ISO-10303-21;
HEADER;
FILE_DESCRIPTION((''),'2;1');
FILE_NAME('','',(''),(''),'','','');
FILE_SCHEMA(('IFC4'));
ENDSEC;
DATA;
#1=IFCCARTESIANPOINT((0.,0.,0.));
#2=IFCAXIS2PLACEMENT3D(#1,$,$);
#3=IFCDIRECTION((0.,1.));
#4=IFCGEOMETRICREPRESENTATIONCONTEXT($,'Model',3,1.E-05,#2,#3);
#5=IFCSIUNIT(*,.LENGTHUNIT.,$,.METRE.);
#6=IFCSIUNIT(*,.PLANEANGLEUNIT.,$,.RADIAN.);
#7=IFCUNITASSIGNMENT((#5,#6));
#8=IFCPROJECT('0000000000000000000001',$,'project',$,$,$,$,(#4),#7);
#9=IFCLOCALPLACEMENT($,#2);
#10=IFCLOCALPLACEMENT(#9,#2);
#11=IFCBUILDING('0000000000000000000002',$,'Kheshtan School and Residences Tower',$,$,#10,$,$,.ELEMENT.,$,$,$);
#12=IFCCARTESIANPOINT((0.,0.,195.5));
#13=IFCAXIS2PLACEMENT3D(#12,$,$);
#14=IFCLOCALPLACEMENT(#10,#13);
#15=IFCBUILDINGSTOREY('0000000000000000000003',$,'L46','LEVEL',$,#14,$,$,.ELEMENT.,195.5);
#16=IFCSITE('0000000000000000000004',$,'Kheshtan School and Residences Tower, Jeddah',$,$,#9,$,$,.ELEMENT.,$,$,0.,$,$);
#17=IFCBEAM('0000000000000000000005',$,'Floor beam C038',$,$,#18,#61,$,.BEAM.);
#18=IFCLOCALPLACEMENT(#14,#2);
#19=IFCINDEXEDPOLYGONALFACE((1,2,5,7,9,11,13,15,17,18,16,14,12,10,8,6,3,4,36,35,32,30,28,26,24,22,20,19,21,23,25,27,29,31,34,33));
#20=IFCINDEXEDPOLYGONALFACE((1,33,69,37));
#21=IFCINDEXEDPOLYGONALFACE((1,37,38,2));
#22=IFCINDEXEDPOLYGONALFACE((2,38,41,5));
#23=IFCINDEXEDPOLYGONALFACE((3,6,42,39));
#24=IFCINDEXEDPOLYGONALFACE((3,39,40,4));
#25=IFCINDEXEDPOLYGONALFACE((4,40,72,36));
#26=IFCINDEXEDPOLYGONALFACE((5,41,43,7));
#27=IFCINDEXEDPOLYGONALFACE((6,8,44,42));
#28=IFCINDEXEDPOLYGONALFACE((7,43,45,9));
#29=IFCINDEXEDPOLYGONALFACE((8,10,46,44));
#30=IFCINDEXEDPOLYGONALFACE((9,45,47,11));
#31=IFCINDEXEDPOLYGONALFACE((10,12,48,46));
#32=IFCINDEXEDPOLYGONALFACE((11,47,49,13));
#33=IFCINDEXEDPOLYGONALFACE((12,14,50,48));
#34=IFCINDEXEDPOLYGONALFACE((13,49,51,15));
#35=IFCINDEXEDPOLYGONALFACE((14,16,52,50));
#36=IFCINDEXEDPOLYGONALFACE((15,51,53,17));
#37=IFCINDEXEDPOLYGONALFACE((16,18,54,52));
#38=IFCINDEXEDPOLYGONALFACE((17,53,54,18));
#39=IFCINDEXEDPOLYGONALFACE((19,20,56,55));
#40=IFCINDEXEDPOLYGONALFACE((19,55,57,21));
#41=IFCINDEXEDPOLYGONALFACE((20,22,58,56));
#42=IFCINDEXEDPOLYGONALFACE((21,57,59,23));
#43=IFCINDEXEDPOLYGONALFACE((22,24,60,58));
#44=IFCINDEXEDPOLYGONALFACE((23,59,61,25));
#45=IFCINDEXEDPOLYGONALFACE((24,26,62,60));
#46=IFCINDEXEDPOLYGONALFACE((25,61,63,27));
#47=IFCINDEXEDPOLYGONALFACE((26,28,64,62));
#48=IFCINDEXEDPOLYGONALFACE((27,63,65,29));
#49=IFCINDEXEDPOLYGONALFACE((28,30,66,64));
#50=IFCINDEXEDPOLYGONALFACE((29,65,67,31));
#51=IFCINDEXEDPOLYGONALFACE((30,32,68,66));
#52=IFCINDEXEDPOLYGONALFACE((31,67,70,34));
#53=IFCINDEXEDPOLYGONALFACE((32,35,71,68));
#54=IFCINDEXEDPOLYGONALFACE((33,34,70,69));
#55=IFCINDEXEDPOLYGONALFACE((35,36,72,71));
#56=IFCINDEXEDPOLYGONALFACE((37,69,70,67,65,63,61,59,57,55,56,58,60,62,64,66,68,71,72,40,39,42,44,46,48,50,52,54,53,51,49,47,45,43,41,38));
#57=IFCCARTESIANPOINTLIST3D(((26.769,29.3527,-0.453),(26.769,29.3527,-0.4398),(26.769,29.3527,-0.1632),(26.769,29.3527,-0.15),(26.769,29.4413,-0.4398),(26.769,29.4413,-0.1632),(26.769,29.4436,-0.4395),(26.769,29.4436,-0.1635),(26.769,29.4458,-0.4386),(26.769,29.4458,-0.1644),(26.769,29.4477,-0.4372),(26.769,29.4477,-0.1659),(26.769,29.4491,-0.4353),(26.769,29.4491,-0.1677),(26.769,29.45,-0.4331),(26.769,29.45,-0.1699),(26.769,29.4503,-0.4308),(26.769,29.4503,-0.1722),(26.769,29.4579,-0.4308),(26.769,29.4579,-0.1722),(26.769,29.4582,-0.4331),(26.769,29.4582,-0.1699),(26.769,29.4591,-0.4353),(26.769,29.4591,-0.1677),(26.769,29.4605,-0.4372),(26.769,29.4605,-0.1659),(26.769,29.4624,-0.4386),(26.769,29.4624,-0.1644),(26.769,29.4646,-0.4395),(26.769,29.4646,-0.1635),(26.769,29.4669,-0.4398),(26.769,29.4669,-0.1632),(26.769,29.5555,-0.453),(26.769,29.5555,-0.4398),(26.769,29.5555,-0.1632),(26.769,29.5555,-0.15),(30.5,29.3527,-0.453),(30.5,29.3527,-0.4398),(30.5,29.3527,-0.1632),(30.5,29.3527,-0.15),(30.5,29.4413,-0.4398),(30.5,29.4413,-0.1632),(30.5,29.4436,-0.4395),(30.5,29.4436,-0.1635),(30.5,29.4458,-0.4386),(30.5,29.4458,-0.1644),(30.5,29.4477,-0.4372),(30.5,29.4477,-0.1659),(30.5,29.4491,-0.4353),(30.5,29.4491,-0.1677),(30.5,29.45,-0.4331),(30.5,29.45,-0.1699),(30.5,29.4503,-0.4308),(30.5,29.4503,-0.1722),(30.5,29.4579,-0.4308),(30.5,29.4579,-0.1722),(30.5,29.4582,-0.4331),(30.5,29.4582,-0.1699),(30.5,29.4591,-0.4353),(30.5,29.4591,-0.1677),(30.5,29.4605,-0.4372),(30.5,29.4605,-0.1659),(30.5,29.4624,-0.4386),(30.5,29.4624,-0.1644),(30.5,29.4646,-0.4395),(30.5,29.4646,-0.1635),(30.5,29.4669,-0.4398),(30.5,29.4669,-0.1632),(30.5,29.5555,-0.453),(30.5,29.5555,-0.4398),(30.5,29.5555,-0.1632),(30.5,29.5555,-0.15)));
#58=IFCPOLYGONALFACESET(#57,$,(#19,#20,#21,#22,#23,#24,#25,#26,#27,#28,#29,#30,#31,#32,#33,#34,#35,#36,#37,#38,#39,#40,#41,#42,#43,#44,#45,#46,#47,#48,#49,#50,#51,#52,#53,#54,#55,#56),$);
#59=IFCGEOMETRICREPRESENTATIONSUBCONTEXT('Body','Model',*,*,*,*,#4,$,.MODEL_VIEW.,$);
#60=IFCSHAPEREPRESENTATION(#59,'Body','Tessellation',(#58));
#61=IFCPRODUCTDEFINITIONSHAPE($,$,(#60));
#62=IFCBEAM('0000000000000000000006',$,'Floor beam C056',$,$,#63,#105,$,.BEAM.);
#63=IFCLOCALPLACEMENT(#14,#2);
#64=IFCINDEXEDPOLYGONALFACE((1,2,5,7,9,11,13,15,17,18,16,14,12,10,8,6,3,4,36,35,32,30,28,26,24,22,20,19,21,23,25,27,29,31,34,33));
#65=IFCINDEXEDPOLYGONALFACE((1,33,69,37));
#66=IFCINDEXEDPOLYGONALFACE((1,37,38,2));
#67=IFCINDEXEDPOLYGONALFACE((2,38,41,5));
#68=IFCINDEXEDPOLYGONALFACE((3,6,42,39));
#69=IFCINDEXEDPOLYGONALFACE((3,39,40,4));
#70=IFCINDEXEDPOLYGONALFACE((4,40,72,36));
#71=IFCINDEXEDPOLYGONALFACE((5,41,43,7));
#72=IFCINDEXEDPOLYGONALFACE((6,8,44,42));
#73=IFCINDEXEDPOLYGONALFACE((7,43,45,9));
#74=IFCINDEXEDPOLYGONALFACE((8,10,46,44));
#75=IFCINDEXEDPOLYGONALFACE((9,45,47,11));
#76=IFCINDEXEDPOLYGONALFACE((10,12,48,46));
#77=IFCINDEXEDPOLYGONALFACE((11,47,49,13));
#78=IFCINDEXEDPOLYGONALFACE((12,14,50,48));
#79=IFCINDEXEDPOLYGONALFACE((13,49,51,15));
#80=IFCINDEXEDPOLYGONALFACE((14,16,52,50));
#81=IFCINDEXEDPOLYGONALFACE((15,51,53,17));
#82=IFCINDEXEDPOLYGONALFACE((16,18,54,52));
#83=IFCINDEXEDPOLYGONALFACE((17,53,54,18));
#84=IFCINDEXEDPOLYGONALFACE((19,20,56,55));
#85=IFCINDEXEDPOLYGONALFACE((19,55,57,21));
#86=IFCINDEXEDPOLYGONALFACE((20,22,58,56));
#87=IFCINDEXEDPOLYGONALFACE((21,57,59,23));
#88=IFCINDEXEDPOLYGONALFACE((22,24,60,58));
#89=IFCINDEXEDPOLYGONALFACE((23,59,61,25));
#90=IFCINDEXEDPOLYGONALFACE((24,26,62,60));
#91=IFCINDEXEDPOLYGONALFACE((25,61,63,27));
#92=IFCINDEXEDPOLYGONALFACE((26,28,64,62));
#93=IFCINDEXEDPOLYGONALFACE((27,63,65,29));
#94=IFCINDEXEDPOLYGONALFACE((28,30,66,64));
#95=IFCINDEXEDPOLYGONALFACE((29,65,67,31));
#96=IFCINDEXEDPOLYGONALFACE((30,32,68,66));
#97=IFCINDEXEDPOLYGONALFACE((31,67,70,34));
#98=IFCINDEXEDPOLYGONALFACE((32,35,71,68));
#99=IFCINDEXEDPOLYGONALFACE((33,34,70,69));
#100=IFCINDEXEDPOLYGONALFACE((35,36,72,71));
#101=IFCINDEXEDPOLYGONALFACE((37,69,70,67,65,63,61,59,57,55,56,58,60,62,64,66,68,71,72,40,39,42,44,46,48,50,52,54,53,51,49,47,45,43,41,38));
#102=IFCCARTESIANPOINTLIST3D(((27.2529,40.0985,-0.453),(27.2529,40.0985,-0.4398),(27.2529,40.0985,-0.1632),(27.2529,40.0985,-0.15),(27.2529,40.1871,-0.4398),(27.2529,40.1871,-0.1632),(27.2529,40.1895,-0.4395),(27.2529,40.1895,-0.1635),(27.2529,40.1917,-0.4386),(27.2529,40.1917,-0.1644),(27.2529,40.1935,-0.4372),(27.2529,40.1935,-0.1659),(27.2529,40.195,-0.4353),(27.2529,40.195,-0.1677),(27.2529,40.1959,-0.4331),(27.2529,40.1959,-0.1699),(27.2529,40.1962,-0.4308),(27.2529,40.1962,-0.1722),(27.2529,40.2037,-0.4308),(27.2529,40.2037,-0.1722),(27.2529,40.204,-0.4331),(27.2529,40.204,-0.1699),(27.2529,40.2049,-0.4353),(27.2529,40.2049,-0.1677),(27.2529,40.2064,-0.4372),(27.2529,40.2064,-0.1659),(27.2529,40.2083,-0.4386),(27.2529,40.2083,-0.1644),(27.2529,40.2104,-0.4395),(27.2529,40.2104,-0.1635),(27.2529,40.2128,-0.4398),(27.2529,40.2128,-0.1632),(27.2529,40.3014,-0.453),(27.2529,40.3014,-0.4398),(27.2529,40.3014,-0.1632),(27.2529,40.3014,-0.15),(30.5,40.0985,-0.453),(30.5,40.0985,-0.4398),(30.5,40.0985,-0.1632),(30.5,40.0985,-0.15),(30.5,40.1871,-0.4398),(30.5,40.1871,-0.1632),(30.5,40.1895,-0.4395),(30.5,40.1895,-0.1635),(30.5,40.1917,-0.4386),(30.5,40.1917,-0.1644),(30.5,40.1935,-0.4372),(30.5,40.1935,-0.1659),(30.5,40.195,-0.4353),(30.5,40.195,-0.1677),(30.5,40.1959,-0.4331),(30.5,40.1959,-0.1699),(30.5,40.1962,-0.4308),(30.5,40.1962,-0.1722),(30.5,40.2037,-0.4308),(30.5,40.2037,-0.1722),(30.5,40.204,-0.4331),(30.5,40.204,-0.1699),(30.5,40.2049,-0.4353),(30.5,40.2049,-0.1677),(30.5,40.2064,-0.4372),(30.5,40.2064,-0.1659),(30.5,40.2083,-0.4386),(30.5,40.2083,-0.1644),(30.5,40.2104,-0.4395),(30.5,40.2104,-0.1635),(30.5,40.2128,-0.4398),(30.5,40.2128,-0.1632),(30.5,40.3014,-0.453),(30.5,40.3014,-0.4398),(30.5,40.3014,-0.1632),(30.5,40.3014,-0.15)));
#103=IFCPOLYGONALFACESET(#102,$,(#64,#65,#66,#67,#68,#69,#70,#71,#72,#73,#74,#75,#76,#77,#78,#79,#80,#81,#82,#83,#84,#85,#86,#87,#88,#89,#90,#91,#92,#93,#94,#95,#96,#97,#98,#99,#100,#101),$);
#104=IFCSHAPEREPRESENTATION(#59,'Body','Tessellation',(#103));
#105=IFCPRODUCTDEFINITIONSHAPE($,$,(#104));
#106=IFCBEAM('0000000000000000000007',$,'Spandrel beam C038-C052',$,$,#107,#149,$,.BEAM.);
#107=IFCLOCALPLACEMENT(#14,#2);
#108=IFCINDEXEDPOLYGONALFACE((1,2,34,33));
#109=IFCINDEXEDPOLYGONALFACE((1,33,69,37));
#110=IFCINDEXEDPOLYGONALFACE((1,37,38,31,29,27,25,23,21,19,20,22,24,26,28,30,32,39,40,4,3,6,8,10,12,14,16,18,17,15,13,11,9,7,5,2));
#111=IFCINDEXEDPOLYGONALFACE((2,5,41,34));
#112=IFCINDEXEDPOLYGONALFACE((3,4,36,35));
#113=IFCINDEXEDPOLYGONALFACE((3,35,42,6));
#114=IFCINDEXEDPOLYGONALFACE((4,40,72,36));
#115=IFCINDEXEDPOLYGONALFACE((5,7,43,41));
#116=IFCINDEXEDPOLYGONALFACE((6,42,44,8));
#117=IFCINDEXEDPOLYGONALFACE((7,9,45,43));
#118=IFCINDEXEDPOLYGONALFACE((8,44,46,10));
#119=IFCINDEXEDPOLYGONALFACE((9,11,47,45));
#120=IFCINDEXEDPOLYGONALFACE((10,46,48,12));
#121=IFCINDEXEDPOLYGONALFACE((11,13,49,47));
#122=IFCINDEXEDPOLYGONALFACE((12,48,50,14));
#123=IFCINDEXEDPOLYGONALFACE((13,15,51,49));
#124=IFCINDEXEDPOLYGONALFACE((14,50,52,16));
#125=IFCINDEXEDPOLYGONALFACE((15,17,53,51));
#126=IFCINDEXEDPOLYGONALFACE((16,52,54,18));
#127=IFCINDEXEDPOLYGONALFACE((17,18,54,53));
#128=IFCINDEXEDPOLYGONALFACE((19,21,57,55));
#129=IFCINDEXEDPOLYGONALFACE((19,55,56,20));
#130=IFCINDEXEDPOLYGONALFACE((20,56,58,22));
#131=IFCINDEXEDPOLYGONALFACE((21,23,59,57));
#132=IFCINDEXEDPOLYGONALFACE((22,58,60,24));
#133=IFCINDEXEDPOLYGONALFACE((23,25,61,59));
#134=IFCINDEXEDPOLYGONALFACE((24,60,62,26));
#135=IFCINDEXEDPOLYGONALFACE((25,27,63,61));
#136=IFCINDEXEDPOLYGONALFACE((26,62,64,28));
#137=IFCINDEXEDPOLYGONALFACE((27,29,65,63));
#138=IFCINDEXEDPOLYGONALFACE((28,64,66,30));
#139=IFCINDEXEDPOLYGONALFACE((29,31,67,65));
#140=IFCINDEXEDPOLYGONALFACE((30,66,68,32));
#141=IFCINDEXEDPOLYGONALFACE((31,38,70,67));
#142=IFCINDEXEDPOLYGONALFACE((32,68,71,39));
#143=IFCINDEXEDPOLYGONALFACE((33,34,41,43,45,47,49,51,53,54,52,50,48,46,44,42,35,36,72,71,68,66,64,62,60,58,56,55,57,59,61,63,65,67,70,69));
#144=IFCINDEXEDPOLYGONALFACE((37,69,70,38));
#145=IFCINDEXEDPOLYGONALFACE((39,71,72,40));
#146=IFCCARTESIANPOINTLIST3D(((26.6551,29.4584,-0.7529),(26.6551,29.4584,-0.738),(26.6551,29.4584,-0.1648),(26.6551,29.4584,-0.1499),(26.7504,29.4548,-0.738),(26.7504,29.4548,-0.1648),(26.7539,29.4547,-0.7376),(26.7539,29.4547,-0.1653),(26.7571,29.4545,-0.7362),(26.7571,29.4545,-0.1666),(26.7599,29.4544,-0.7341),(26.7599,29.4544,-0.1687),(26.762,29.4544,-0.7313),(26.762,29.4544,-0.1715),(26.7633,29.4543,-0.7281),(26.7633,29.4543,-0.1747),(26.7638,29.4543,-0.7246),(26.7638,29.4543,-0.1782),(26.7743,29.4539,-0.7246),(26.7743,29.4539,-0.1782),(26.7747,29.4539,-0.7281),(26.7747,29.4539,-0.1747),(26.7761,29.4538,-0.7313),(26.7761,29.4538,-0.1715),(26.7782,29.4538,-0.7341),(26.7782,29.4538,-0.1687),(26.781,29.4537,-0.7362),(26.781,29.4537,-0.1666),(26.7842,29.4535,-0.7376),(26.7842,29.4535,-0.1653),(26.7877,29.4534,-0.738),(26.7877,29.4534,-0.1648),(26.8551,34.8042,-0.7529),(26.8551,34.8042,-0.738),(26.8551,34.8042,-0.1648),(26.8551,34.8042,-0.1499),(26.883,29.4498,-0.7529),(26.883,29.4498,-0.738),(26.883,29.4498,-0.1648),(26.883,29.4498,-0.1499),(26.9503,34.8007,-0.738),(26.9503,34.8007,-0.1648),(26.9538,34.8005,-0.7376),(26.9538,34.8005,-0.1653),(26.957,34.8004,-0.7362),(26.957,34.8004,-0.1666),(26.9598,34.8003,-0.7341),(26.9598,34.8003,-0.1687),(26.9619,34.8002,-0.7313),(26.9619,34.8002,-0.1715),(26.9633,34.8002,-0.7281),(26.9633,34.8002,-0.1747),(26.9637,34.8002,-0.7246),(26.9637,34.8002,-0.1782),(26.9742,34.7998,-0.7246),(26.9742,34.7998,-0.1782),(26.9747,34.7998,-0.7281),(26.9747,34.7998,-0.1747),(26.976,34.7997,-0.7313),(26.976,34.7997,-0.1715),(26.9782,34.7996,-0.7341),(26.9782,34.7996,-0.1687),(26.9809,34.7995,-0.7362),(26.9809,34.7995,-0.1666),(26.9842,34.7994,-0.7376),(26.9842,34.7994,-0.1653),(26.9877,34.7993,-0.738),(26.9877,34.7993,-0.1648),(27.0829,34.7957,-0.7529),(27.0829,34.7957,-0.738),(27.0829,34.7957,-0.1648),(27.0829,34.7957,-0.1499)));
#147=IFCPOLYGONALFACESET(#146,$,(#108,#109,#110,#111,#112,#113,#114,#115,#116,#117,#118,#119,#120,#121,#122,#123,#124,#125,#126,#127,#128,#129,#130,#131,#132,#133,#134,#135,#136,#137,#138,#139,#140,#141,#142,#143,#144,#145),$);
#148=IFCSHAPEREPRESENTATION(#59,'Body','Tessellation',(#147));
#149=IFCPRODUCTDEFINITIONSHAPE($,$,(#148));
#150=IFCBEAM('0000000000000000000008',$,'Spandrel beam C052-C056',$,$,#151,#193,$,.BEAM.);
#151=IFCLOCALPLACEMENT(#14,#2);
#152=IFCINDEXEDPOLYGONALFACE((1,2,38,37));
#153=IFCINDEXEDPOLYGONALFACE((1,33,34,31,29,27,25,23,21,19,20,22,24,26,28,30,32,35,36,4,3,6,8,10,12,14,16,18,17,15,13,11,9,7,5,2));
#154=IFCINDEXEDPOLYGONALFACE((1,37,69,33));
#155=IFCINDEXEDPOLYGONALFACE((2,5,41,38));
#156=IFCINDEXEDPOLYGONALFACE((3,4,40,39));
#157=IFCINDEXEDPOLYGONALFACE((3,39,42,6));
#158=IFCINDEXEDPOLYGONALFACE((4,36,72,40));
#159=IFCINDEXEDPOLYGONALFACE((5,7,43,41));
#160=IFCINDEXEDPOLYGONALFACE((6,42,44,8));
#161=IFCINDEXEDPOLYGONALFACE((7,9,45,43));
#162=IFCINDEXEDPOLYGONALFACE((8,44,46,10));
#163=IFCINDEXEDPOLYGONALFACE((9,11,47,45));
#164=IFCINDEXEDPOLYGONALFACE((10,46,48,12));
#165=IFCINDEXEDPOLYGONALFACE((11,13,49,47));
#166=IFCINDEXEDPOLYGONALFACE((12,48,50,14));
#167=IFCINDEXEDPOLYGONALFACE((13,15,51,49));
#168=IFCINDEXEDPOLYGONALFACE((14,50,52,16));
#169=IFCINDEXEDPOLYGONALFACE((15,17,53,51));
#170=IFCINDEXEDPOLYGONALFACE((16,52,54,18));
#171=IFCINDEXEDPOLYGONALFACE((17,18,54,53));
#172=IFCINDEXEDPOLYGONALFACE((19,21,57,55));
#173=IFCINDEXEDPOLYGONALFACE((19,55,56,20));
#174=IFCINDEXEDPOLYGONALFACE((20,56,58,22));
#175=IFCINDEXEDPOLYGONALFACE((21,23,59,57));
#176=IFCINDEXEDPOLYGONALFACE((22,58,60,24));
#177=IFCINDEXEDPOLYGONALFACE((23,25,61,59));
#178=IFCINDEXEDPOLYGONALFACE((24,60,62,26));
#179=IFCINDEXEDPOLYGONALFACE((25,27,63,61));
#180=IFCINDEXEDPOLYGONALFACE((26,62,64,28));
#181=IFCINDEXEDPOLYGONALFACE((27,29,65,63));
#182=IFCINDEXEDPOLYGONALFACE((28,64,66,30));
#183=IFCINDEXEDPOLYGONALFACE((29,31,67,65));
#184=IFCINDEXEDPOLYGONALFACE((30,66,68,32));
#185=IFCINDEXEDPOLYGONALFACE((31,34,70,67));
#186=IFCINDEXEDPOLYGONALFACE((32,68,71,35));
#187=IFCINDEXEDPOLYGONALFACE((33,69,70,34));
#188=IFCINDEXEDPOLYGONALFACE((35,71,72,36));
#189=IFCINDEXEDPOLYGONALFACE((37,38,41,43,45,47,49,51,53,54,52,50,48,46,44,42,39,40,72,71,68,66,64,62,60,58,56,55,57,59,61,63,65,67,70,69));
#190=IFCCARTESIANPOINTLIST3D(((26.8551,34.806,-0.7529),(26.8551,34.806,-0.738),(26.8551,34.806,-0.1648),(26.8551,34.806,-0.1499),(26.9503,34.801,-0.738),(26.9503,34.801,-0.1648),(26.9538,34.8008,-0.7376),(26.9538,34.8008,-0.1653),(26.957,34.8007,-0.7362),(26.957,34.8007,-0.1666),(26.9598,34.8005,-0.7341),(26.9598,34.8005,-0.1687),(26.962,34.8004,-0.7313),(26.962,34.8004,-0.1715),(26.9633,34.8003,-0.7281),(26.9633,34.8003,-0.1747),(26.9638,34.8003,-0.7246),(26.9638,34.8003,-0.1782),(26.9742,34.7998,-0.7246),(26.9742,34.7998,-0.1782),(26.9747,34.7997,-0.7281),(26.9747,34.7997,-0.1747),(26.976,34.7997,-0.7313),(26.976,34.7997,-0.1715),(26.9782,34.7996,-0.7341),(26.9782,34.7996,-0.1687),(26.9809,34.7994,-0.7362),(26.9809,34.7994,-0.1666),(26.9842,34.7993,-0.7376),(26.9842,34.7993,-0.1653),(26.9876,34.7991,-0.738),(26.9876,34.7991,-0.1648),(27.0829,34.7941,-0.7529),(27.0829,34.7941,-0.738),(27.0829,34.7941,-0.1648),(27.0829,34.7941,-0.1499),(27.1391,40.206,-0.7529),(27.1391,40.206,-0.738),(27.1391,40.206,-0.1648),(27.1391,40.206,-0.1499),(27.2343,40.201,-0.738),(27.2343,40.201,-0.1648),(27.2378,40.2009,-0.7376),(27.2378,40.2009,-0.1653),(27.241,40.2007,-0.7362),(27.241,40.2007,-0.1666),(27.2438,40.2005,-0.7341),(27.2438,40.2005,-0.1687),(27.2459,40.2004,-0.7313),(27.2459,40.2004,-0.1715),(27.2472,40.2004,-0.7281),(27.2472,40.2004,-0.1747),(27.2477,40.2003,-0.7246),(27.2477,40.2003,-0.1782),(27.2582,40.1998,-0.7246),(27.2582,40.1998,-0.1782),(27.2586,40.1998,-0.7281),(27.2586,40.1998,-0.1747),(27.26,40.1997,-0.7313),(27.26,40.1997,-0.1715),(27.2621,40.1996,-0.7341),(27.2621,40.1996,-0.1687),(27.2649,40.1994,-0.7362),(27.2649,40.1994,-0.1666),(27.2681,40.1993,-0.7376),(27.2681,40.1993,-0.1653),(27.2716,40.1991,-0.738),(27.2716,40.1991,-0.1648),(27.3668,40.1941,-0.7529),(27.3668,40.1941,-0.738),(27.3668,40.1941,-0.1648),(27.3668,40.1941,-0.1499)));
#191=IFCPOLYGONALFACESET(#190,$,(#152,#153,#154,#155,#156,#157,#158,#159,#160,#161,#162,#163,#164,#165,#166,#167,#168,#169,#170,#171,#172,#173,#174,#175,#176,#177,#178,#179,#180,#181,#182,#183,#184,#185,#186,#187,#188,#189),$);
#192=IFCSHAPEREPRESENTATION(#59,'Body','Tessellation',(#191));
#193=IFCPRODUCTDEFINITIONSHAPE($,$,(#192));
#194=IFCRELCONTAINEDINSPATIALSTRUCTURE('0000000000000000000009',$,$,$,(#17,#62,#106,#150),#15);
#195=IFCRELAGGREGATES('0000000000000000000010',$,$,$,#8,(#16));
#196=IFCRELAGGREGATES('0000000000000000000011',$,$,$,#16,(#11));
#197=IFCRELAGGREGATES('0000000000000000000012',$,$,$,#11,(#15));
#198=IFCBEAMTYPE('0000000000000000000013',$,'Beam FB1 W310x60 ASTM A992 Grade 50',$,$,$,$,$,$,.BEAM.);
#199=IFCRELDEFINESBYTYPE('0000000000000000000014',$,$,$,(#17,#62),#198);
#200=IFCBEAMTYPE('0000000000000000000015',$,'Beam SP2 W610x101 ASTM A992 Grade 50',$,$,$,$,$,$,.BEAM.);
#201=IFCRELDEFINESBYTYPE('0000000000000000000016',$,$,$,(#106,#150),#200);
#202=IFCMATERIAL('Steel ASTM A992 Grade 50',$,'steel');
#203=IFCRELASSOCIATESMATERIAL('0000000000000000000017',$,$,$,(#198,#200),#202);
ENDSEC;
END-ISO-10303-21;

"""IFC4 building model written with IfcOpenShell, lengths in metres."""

from ifc_helpers import new_model, si_unit, direction, frame, origin, origin_2d, place, context, subcontext, project, spatial, i_section, extrude, material, material_profile, profile_set, type_object, element, save


model = new_model("IFC4")

# Units and contexts
model_context = context("Model", 3, precision=1e-05, world=origin(), true_north=direction((0.0, 1.0)))
body_context = subcontext(model_context, "Body", "Model", "MODEL_VIEW")
ifc_project = project(units=[si_unit("LENGTHUNIT", "METRE"), si_unit("PLANEANGLEUNIT", "RADIAN")], contexts=[model_context])

# Site, building, storey
site_placement = place(None, origin())
site = spatial("IfcSite", under=ifc_project, at=site_placement, Name="Kheshtan School and Residences Tower, Jeddah", CompositionType="ELEMENT", RefElevation=0.0)
building_placement = place(site_placement, origin())
building = spatial("IfcBuilding", under=site, at=building_placement, Name="Kheshtan School and Residences Tower", CompositionType="ELEMENT")
storey_placement = place(building_placement, frame((0.0, 0.0, 195.5)))
storey = spatial("IfcBuildingStorey", under=building, at=storey_placement, Name="L46", Description="LEVEL", CompositionType="ELEMENT", Elevation=195.5)

# Shared definitions
ifc_material_1 = material(Name="Steel ASTM A992 Grade 50", Category="steel")

# Beams
ifc_material_profile_1 = material_profile(ifc_material_1, i_section(OverallWidth=0.2029, OverallDepth=0.303, WebThickness=0.0076, FlangeThickness=0.0132, FilletRadius=0.009, at=origin_2d()), Name="W310x60")
ifc_profile_set_1 = profile_set([ifc_material_profile_1], Name="Steel ASTM A992 Grade 50")
beam_type_1 = type_object("IfcBeamType", Name="Beam FB1 W310x60 ASTM A992 Grade 50", PredefinedType="BEAM", material=ifc_profile_set_1)
beam_1_placement = place(storey_placement, frame((26.769, 29.4541, -0.3015), z_axis=(1.0, 0.0, 0.0), x_axis=(0.0, 1.0, 0.0)))
element("IfcBeam", 1, at=beam_1_placement, inside=storey, type_object=beam_type_1, Name="Floor beam C038", PredefinedType="BEAM", context=body_context, shape_type="SweptSolid", body=[
    extrude(i_section(OverallWidth=0.2029, OverallDepth=0.303, WebThickness=0.0076, FlangeThickness=0.0132, FilletRadius=0.009, at=origin_2d()), origin(), (0.0, 0.0, 1.0), 3.731),
])
beam_2_placement = place(storey_placement, frame((27.2529, 40.2, -0.3015), z_axis=(1.0, 0.0, 0.0), x_axis=(0.0, 1.0, 0.0)))
element("IfcBeam", 2, at=beam_2_placement, inside=storey, type_object=beam_type_1, Name="Floor beam C056", PredefinedType="BEAM", context=body_context, shape_type="SweptSolid", body=[
    extrude(i_section(OverallWidth=0.2029, OverallDepth=0.303, WebThickness=0.0076, FlangeThickness=0.0132, FilletRadius=0.009, at=origin_2d()), origin(), (0.0, 0.0, 1.0), 3.2471),
])
ifc_material_profile_2 = material_profile(ifc_material_1, i_section(OverallWidth=0.228, OverallDepth=0.603, WebThickness=0.0105, FlangeThickness=0.0149, FilletRadius=0.0134, at=origin_2d()), Name="W610x101")
ifc_profile_set_2 = profile_set([ifc_material_profile_2], Name="Steel ASTM A992 Grade 50")
beam_type_2 = type_object("IfcBeamType", Name="Beam SP2 W610x101 ASTM A992 Grade 50", PredefinedType="BEAM", material=ifc_profile_set_2)
beam_3_placement = place(storey_placement, frame((26.769, 29.4541, -0.4514), z_axis=(0.037376, 0.999301, 0.0), x_axis=(-0.999301, 0.037376, 0.0)))
element("IfcBeam", 3, at=beam_3_placement, inside=storey, type_object=beam_type_2, Name="Spandrel beam C038-C052", PredefinedType="BEAM", context=body_context, shape_type="SweptSolid", body=[
    extrude(i_section(OverallWidth=0.228, OverallDepth=0.603, WebThickness=0.0105, FlangeThickness=0.0149, FilletRadius=0.0134, at=origin_2d()), origin(), (0.0, 0.0, 1.0), 5.3496),
])
beam_4_placement = place(storey_placement, frame((26.969, 34.8, -0.4514), z_axis=(0.052509, 0.99862, 0.0), x_axis=(-0.99862, 0.052509, 0.0)))
element("IfcBeam", 4, at=beam_4_placement, inside=storey, type_object=beam_type_2, Name="Spandrel beam C052-C056", PredefinedType="BEAM", context=body_context, shape_type="SweptSolid", body=[
    extrude(i_section(OverallWidth=0.228, OverallDepth=0.603, WebThickness=0.0105, FlangeThickness=0.0149, FilletRadius=0.0134, at=origin_2d()), origin(), (0.0, 0.0, 1.0), 5.4075),
])

save(model, "model.ifc")
